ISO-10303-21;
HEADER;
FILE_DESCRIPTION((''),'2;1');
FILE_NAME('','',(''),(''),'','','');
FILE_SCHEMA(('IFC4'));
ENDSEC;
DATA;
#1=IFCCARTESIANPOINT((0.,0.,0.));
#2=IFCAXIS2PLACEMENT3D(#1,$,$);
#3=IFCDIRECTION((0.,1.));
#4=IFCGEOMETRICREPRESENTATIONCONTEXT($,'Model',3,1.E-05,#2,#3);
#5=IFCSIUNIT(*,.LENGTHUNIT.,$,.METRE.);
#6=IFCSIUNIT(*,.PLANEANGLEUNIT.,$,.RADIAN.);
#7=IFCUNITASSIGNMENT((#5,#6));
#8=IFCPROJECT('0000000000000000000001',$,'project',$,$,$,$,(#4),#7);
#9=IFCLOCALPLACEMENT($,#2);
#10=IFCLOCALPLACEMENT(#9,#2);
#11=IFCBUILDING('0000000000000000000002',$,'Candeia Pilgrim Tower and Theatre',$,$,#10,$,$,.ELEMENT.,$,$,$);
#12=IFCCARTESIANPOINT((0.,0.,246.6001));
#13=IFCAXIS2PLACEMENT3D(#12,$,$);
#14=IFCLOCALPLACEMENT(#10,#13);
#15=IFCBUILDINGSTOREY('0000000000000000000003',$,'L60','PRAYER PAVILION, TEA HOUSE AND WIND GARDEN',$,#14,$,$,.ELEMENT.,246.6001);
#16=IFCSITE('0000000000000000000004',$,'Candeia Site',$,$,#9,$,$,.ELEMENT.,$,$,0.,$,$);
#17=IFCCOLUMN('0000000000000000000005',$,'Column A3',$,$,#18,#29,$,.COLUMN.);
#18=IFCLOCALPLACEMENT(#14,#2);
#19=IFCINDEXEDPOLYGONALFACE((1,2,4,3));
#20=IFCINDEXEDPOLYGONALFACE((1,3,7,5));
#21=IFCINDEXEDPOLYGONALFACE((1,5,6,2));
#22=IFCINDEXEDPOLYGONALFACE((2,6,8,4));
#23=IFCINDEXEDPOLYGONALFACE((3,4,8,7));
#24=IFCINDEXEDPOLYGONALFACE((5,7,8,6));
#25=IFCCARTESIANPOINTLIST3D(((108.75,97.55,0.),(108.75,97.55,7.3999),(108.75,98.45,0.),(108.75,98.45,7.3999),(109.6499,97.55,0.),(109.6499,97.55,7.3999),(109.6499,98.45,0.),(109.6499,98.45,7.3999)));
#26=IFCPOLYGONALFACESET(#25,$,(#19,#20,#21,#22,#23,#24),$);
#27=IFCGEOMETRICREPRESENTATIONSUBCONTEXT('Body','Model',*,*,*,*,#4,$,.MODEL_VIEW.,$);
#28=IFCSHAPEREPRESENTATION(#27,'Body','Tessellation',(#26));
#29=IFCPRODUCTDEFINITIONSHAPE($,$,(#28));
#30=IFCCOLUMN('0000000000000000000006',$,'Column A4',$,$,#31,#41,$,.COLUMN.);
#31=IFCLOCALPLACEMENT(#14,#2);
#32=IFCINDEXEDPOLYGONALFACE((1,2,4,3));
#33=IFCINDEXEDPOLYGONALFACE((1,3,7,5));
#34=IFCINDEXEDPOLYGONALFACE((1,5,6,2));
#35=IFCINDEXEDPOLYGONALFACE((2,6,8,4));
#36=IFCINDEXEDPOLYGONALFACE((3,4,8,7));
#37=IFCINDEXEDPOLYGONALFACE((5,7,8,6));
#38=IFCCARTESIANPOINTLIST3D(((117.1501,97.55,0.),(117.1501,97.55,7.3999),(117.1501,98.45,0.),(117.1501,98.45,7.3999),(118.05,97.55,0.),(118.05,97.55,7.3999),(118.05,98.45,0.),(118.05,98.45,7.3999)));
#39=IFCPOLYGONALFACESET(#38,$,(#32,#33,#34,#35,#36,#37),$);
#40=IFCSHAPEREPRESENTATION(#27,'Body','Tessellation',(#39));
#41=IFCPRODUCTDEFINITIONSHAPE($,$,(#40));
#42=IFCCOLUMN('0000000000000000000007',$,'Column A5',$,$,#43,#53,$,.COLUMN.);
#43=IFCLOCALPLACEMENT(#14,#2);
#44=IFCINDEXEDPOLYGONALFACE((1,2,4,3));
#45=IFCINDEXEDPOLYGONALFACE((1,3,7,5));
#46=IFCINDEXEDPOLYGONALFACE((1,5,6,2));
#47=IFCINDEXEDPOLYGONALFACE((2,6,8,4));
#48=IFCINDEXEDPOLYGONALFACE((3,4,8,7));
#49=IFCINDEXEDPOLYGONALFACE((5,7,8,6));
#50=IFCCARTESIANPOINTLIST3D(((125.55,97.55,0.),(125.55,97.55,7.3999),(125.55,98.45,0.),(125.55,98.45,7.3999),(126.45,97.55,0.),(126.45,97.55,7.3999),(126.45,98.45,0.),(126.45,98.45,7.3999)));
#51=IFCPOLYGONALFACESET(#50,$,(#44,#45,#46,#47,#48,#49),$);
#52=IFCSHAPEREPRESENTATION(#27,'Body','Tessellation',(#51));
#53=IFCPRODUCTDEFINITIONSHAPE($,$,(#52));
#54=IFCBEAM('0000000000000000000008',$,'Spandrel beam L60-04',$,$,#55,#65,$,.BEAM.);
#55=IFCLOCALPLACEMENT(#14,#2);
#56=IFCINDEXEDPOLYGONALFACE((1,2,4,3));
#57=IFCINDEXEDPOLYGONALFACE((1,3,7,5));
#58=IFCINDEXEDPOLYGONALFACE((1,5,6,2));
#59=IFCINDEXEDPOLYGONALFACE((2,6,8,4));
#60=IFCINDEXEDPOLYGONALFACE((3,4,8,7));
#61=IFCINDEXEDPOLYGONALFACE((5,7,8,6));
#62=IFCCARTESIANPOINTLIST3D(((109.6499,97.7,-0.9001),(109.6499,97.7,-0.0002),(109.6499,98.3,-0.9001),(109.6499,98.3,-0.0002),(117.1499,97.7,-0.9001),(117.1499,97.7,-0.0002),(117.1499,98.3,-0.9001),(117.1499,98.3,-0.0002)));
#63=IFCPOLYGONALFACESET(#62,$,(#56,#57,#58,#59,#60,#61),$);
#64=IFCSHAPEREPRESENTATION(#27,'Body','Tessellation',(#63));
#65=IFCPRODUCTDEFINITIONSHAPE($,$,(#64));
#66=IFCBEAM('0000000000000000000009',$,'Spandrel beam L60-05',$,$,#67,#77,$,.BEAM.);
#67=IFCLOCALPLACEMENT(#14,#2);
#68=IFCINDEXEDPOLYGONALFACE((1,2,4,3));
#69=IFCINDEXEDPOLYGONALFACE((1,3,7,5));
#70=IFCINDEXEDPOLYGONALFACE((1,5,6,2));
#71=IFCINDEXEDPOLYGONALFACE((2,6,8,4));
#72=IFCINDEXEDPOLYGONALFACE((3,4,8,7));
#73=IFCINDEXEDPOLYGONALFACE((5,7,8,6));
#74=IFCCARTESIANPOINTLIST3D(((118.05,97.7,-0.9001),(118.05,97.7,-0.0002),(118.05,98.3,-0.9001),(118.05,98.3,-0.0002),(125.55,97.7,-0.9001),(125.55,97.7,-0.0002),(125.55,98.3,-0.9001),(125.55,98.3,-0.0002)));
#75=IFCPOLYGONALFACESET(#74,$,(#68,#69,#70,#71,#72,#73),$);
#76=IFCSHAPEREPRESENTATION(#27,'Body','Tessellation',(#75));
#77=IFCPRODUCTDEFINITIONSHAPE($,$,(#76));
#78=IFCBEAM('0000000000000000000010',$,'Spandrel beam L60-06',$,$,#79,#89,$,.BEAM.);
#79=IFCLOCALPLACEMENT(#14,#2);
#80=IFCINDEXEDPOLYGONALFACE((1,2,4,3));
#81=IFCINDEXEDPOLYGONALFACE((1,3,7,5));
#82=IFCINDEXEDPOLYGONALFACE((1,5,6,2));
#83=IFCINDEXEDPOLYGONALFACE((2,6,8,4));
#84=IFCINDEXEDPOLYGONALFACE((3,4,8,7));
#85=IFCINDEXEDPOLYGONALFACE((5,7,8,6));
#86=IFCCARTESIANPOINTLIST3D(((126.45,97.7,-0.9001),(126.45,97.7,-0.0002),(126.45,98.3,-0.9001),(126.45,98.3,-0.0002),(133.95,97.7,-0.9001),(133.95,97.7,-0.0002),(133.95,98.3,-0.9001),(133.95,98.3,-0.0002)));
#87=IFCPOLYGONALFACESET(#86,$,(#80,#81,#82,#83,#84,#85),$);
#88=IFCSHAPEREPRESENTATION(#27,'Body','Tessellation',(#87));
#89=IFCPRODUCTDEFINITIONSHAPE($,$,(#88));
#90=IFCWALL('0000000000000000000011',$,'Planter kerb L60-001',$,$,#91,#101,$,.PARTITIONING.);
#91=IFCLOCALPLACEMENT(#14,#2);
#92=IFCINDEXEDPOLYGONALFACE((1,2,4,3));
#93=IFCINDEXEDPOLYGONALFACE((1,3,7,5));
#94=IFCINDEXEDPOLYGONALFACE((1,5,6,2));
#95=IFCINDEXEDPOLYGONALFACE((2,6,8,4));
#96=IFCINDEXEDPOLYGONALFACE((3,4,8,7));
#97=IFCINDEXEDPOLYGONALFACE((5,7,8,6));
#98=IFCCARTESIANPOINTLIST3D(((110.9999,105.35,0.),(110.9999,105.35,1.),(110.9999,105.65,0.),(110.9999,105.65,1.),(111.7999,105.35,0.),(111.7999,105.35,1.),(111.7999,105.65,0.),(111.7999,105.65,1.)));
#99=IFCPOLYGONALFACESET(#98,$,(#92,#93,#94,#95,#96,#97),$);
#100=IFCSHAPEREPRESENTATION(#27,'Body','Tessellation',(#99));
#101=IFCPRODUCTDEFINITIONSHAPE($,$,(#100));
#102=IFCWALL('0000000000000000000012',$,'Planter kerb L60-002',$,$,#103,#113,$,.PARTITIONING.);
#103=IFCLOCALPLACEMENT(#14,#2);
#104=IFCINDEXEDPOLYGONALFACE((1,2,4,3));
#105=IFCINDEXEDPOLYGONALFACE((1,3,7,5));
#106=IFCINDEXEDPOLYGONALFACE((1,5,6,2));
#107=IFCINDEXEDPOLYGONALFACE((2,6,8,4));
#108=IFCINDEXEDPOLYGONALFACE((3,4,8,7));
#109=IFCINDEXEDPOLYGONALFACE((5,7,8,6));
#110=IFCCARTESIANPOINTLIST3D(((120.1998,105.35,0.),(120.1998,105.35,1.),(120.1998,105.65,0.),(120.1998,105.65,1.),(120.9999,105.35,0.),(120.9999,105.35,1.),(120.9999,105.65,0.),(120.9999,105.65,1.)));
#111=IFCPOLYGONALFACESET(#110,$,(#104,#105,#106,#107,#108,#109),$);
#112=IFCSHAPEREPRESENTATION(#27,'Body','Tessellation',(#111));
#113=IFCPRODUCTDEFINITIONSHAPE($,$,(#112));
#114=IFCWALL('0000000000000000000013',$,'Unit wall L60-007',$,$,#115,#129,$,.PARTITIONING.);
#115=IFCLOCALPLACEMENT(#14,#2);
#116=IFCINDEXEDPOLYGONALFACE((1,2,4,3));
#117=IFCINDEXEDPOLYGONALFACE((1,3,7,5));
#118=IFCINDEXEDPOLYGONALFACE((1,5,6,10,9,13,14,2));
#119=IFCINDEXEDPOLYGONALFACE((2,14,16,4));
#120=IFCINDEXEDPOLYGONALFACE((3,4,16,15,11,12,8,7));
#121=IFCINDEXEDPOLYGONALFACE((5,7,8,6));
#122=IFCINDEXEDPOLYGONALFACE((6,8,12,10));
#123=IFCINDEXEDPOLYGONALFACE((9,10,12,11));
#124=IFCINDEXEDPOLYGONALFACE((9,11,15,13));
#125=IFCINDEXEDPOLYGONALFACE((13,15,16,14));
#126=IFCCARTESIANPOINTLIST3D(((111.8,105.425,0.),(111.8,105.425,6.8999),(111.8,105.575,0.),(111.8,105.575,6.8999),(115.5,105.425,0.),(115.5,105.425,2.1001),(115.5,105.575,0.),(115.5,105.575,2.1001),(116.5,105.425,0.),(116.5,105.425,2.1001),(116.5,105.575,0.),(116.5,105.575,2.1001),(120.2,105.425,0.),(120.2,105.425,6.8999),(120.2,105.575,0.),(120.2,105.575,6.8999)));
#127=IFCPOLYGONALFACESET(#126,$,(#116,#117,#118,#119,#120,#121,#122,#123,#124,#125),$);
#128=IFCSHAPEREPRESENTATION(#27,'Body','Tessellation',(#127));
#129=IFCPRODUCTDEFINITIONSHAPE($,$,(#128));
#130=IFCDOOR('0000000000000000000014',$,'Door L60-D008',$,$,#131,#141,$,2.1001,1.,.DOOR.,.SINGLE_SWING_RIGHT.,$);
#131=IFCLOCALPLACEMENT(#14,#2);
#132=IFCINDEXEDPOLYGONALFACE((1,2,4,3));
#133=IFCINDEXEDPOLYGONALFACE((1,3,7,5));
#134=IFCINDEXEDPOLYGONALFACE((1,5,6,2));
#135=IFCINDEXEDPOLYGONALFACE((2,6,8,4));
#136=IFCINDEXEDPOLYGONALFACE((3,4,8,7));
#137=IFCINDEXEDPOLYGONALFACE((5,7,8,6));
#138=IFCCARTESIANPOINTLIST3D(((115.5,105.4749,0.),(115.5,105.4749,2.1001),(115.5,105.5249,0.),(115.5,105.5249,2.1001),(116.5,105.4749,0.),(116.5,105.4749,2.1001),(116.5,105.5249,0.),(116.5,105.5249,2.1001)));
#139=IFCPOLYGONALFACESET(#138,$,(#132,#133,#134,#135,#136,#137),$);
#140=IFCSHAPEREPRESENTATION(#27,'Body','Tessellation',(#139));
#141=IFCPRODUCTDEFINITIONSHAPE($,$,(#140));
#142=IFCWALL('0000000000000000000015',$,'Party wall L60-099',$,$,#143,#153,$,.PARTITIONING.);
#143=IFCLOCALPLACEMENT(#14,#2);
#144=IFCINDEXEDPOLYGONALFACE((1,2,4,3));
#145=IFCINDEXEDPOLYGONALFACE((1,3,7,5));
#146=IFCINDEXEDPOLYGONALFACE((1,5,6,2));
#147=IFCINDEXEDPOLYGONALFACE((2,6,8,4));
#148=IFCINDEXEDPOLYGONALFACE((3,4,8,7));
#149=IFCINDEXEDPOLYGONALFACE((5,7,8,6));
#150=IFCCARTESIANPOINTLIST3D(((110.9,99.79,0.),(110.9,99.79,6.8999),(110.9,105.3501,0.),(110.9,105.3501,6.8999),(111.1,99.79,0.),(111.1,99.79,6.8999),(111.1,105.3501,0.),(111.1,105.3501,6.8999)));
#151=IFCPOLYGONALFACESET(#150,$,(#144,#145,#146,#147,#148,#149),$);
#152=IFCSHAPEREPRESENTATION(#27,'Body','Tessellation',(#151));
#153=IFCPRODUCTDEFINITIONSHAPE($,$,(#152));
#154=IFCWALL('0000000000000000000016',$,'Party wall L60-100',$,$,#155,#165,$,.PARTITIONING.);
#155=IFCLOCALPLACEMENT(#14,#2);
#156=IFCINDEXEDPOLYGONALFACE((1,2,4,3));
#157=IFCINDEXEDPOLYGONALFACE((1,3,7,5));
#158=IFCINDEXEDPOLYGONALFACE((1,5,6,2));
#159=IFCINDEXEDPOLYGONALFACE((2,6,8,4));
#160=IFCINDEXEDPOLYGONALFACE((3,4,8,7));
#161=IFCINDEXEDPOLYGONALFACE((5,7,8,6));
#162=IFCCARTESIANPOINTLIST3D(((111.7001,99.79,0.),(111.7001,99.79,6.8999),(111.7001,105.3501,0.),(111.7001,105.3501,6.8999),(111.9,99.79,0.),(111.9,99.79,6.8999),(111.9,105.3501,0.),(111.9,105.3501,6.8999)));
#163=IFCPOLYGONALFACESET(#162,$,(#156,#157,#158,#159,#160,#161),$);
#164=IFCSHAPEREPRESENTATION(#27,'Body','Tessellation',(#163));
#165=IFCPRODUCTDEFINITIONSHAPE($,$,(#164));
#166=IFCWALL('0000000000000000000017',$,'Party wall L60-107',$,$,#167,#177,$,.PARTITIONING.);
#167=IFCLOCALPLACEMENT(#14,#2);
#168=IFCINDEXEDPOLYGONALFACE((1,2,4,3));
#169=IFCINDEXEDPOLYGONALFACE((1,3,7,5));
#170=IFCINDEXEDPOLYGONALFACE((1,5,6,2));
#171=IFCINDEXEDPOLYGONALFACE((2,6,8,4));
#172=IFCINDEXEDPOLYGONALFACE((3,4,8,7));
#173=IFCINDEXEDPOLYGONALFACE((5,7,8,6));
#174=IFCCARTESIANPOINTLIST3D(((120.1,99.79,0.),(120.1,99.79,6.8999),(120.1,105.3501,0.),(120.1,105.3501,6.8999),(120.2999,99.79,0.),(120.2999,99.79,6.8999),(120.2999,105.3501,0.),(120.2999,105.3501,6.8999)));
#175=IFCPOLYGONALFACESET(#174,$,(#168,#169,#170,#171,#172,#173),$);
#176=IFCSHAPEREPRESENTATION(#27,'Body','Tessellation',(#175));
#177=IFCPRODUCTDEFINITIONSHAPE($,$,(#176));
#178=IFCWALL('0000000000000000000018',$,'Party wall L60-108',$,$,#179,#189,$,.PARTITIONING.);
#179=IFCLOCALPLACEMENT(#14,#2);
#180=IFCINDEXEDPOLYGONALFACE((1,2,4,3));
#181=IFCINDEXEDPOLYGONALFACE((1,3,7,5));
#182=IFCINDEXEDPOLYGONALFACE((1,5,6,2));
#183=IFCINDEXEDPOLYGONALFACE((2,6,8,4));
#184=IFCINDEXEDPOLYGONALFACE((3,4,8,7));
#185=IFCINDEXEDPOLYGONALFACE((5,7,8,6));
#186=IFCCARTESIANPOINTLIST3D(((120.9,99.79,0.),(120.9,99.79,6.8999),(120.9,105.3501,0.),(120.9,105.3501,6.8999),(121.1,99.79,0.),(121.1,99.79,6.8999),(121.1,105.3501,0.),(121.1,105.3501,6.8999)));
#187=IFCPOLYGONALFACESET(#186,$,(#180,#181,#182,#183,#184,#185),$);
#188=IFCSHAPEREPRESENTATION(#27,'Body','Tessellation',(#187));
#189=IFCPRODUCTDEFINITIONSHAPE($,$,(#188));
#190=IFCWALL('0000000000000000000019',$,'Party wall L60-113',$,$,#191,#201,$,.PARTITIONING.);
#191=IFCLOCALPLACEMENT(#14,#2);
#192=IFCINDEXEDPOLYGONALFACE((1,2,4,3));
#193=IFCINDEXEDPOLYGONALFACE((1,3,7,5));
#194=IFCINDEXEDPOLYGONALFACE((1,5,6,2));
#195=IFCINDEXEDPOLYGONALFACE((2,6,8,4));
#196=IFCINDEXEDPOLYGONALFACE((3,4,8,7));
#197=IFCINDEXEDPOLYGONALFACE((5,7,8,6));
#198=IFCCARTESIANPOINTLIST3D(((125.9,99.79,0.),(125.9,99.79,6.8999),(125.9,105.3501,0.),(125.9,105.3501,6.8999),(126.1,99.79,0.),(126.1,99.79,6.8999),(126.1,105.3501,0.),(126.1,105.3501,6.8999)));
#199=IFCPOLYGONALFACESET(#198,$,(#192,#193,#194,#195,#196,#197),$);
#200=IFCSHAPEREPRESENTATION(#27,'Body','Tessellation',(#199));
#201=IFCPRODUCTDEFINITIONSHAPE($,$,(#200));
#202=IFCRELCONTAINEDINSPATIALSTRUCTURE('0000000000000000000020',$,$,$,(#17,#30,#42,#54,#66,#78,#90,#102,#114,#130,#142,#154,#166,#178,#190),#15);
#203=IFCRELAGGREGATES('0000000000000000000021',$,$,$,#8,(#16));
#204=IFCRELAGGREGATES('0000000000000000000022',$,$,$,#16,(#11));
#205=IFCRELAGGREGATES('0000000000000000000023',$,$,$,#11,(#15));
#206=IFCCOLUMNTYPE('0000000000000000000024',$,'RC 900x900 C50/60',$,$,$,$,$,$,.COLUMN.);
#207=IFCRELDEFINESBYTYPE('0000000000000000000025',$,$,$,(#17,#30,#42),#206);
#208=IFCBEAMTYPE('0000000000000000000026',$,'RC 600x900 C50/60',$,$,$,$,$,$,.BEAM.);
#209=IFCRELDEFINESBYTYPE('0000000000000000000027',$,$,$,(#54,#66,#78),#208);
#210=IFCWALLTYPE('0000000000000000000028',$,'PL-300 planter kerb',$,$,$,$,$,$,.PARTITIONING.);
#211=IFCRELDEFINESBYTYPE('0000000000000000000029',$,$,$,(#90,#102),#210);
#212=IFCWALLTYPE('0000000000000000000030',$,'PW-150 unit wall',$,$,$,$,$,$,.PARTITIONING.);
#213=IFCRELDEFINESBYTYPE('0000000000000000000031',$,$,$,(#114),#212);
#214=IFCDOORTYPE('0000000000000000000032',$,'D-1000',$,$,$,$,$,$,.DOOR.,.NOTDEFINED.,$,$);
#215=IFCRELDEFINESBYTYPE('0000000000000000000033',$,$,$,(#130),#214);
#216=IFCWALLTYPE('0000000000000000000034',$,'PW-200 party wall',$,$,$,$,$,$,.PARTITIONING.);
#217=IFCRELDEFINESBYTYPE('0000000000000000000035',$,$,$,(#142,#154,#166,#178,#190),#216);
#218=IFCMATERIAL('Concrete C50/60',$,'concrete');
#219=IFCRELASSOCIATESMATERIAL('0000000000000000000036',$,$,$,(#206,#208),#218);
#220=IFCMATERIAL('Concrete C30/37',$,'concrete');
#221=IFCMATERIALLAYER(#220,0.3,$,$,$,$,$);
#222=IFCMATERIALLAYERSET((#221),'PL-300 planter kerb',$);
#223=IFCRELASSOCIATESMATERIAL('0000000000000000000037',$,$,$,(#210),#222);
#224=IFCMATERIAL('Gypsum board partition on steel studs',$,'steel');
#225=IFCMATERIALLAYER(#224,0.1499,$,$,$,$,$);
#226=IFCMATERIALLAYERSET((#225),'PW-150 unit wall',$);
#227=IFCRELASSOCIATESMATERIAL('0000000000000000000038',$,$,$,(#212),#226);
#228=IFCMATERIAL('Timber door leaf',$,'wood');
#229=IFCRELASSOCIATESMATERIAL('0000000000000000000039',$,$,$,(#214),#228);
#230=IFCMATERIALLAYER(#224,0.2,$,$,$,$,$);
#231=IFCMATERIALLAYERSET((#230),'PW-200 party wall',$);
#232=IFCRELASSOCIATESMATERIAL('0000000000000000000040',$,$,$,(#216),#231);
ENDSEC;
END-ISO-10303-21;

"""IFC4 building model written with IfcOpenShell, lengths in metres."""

from ifc_helpers import new_model, si_unit, direction, frame, frame_2d, origin, origin_2d, place, context, subcontext, project, spatial, rectangle, extrude, material, layer, layer_set, material_profile, profile_set, type_object, element, fill, save


model = new_model("IFC4")

# Units and contexts
model_context = context("Model", 3, precision=1e-05, world=origin(), true_north=direction((0.0, 1.0)))
body_context = subcontext(model_context, "Body", "Model", "MODEL_VIEW")
ifc_project = project(units=[si_unit("LENGTHUNIT", "METRE"), si_unit("PLANEANGLEUNIT", "RADIAN")], contexts=[model_context])

# Site, building, storey
site_placement = place(None, origin())
site = spatial("IfcSite", under=ifc_project, at=site_placement, Name="Candeia Site", CompositionType="ELEMENT", RefElevation=0.0)
building_placement = place(site_placement, origin())
building = spatial("IfcBuilding", under=site, at=building_placement, Name="Candeia Pilgrim Tower and Theatre", CompositionType="ELEMENT")
storey_placement = place(building_placement, frame((0.0, 0.0, 246.6001)))
storey = spatial("IfcBuildingStorey", under=building, at=storey_placement, Name="L60", Description="PRAYER PAVILION, TEA HOUSE AND WIND GARDEN", CompositionType="ELEMENT", Elevation=246.6001)

# Columns
ifc_material_1 = material(Name="Concrete C50/60", Category="concrete")
ifc_material_profile_1 = material_profile(ifc_material_1, rectangle(XDim=0.8999, YDim=0.8999, at=origin_2d()))
ifc_profile_set_1 = profile_set([ifc_material_profile_1], Name="Concrete C50/60")
column_type = type_object("IfcColumnType", Name="RC 900x900 C50/60", PredefinedType="COLUMN", material=ifc_profile_set_1)
for number, where, z_axis, x_axis, name in (
    (1, (109.2, 98.0, 0.0), (0.0, 0.0, 1.0), (1.0, 0.0, 0.0), "Column A3"),
    (2, (117.6001, 98.0, 0.0), (0.0, 0.0, 1.0), (1.0, 0.0, 0.0), "Column A4"),
    (3, (126.0, 98.0, 0.0), (0.0, 0.0, 1.0), (1.0, 0.0, 0.0), "Column A5"),
):
    element("IfcColumn", number, at=place(storey_placement, frame(where, z_axis=z_axis, x_axis=x_axis)), inside=storey, type_object=column_type, Name=name, PredefinedType="COLUMN", context=body_context, shape_type="SweptSolid", body=[
        extrude(rectangle(XDim=0.8999, YDim=0.8999, at=origin_2d()), origin(), (0.0, 0.0, 1.0), 7.3999),
    ])

# Beams
ifc_material_profile_2 = material_profile(ifc_material_1, rectangle(XDim=0.6001, YDim=0.8999, at=origin_2d()))
ifc_profile_set_2 = profile_set([ifc_material_profile_2], Name="Concrete C50/60")
beam_type = type_object("IfcBeamType", Name="RC 600x900 C50/60", PredefinedType="BEAM", material=ifc_profile_set_2)
for number, where, z_axis, x_axis, name in (
    (4, (109.6499, 98.0, -0.4502), (1.0, 0.0, 0.0), (0.0, 1.0, 0.0), "Spandrel beam L60-04"),
    (5, (118.05, 98.0, -0.4502), (1.0, 0.0, 0.0), (0.0, 1.0, 0.0), "Spandrel beam L60-05"),
    (6, (126.45, 98.0, -0.4502), (1.0, 0.0, 0.0), (0.0, 1.0, 0.0), "Spandrel beam L60-06"),
):
    element("IfcBeam", number, at=place(storey_placement, frame(where, z_axis=z_axis, x_axis=x_axis)), inside=storey, type_object=beam_type, Name=name, PredefinedType="BEAM", context=body_context, shape_type="SweptSolid", body=[
        extrude(rectangle(XDim=0.6001, YDim=0.8999, at=origin_2d()), origin(), (0.0, 0.0, 1.0), 7.5),
    ])

# Walls
ifc_material_2 = material(Name="Concrete C30/37", Category="concrete")
ifc_layer_1 = layer(ifc_material_2, 0.3)
ifc_layer_set_1 = layer_set([ifc_layer_1], Name="PL-300 planter kerb")
wall_type_1 = type_object("IfcWallType", Name="PL-300 planter kerb", PredefinedType="PARTITIONING", material=ifc_layer_set_1)
for number, where, z_axis, x_axis, name in (
    (7, (111.0, 105.5, 0.0), (0.0, 0.0, 1.0), (1.0, 0.0, 0.0), "Planter kerb L60-001"),
    (8, (120.2, 105.5, 0.0), (0.0, 0.0, 1.0), (1.0, 0.0, 0.0), "Planter kerb L60-002"),
):
    element("IfcWall", number, at=place(storey_placement, frame(where, z_axis=z_axis, x_axis=x_axis)), inside=storey, type_object=wall_type_1, Name=name, PredefinedType="PARTITIONING", context=body_context, shape_type="SweptSolid", body=[
        extrude(rectangle(XDim=0.8, YDim=0.3, at=frame_2d((0.3999, 0.0))), origin(), (0.0, 0.0, 1.0), 1.0),
    ])

# Wall, opening, door
ifc_material_3 = material(Name="Gypsum board partition on steel studs", Category="steel")
ifc_layer_2 = layer(ifc_material_3, 0.1499)
ifc_layer_set_2 = layer_set([ifc_layer_2], Name="PW-150 unit wall")
wall_type_2 = type_object("IfcWallType", Name="PW-150 unit wall", PredefinedType="PARTITIONING", material=ifc_layer_set_2)
wall_placement = place(storey_placement, frame((111.8, 105.5, 0.0), z_axis=(0.0, 0.0, 1.0), x_axis=(1.0, 0.0, 0.0)))
wall = element("IfcWall", 9, at=wall_placement, inside=storey, type_object=wall_type_2, Name="Unit wall L60-007", PredefinedType="PARTITIONING", context=body_context, shape_type="SweptSolid", body=[
    extrude(rectangle(XDim=8.3999, YDim=0.1499, at=frame_2d((4.2, 0.0))), origin(), (0.0, 0.0, 1.0), 6.8999),
])
opening_placement = place(wall_placement, frame((3.7, 0.0, 0.0)))
opening = element("IfcOpeningElement", 10, at=opening_placement, cuts=wall, PredefinedType="OPENING", context=body_context, shape_type="SweptSolid", body=[
    extrude(rectangle(XDim=1.0, YDim=2.1001, at=frame_2d((0.5, 1.05))), frame((0.0, 0.085, 0.0), z_axis=(0.0, -1.0, 0.0), x_axis=(1.0, 0.0, 0.0)), (0.0, 0.0, 1.0), 0.1699),
])
ifc_material_4 = material(Name="Timber door leaf", Category="wood")
door_type = type_object("IfcDoorType", Name="D-1000", OperationType="NOTDEFINED", PredefinedType="DOOR", material=ifc_material_4)
door_placement = place(opening_placement, origin())
door = element("IfcDoor", 11, at=door_placement, inside=storey, type_object=door_type, Name="Door L60-D008", OperationType="SINGLE_SWING_RIGHT", OverallHeight=2.1001, OverallWidth=1.0, PredefinedType="DOOR", context=body_context, shape_type="SweptSolid", body=[
    extrude(rectangle(XDim=1.0, YDim=2.1001, at=frame_2d((0.5, 1.05))), frame((0.0, 0.0249, 0.0), z_axis=(0.0, -1.0, 0.0), x_axis=(1.0, 0.0, 0.0)), (0.0, 0.0, 1.0), 0.05),
])
fill(opening, door)

# Walls
ifc_layer_3 = layer(ifc_material_3, 0.2)
ifc_layer_set_3 = layer_set([ifc_layer_3], Name="PW-200 party wall")
wall_type_3 = type_object("IfcWallType", Name="PW-200 party wall", PredefinedType="PARTITIONING", material=ifc_layer_set_3)
for number, where, z_axis, x_axis, name in (
    (12, (111.0, 99.79, 0.0), (0.0, 0.0, 1.0), (0.0, 1.0, 0.0), "Party wall L60-099"),
    (13, (111.8, 99.79, 0.0), (0.0, 0.0, 1.0), (0.0, 1.0, 0.0), "Party wall L60-100"),
    (14, (120.2, 99.79, 0.0), (0.0, 0.0, 1.0), (0.0, 1.0, 0.0), "Party wall L60-107"),
    (15, (121.0, 99.79, 0.0), (0.0, 0.0, 1.0), (0.0, 1.0, 0.0), "Party wall L60-108"),
    (16, (126.0, 99.79, 0.0), (0.0, 0.0, 1.0), (0.0, 1.0, 0.0), "Party wall L60-113"),
):
    element("IfcWall", number, at=place(storey_placement, frame(where, z_axis=z_axis, x_axis=x_axis)), inside=storey, type_object=wall_type_3, Name=name, PredefinedType="PARTITIONING", context=body_context, shape_type="SweptSolid", body=[
        extrude(rectangle(XDim=5.5601, YDim=0.2, at=frame_2d((2.78, 0.0))), origin(), (0.0, 0.0, 1.0), 6.8999),
    ])

save(model, "model.ifc")
